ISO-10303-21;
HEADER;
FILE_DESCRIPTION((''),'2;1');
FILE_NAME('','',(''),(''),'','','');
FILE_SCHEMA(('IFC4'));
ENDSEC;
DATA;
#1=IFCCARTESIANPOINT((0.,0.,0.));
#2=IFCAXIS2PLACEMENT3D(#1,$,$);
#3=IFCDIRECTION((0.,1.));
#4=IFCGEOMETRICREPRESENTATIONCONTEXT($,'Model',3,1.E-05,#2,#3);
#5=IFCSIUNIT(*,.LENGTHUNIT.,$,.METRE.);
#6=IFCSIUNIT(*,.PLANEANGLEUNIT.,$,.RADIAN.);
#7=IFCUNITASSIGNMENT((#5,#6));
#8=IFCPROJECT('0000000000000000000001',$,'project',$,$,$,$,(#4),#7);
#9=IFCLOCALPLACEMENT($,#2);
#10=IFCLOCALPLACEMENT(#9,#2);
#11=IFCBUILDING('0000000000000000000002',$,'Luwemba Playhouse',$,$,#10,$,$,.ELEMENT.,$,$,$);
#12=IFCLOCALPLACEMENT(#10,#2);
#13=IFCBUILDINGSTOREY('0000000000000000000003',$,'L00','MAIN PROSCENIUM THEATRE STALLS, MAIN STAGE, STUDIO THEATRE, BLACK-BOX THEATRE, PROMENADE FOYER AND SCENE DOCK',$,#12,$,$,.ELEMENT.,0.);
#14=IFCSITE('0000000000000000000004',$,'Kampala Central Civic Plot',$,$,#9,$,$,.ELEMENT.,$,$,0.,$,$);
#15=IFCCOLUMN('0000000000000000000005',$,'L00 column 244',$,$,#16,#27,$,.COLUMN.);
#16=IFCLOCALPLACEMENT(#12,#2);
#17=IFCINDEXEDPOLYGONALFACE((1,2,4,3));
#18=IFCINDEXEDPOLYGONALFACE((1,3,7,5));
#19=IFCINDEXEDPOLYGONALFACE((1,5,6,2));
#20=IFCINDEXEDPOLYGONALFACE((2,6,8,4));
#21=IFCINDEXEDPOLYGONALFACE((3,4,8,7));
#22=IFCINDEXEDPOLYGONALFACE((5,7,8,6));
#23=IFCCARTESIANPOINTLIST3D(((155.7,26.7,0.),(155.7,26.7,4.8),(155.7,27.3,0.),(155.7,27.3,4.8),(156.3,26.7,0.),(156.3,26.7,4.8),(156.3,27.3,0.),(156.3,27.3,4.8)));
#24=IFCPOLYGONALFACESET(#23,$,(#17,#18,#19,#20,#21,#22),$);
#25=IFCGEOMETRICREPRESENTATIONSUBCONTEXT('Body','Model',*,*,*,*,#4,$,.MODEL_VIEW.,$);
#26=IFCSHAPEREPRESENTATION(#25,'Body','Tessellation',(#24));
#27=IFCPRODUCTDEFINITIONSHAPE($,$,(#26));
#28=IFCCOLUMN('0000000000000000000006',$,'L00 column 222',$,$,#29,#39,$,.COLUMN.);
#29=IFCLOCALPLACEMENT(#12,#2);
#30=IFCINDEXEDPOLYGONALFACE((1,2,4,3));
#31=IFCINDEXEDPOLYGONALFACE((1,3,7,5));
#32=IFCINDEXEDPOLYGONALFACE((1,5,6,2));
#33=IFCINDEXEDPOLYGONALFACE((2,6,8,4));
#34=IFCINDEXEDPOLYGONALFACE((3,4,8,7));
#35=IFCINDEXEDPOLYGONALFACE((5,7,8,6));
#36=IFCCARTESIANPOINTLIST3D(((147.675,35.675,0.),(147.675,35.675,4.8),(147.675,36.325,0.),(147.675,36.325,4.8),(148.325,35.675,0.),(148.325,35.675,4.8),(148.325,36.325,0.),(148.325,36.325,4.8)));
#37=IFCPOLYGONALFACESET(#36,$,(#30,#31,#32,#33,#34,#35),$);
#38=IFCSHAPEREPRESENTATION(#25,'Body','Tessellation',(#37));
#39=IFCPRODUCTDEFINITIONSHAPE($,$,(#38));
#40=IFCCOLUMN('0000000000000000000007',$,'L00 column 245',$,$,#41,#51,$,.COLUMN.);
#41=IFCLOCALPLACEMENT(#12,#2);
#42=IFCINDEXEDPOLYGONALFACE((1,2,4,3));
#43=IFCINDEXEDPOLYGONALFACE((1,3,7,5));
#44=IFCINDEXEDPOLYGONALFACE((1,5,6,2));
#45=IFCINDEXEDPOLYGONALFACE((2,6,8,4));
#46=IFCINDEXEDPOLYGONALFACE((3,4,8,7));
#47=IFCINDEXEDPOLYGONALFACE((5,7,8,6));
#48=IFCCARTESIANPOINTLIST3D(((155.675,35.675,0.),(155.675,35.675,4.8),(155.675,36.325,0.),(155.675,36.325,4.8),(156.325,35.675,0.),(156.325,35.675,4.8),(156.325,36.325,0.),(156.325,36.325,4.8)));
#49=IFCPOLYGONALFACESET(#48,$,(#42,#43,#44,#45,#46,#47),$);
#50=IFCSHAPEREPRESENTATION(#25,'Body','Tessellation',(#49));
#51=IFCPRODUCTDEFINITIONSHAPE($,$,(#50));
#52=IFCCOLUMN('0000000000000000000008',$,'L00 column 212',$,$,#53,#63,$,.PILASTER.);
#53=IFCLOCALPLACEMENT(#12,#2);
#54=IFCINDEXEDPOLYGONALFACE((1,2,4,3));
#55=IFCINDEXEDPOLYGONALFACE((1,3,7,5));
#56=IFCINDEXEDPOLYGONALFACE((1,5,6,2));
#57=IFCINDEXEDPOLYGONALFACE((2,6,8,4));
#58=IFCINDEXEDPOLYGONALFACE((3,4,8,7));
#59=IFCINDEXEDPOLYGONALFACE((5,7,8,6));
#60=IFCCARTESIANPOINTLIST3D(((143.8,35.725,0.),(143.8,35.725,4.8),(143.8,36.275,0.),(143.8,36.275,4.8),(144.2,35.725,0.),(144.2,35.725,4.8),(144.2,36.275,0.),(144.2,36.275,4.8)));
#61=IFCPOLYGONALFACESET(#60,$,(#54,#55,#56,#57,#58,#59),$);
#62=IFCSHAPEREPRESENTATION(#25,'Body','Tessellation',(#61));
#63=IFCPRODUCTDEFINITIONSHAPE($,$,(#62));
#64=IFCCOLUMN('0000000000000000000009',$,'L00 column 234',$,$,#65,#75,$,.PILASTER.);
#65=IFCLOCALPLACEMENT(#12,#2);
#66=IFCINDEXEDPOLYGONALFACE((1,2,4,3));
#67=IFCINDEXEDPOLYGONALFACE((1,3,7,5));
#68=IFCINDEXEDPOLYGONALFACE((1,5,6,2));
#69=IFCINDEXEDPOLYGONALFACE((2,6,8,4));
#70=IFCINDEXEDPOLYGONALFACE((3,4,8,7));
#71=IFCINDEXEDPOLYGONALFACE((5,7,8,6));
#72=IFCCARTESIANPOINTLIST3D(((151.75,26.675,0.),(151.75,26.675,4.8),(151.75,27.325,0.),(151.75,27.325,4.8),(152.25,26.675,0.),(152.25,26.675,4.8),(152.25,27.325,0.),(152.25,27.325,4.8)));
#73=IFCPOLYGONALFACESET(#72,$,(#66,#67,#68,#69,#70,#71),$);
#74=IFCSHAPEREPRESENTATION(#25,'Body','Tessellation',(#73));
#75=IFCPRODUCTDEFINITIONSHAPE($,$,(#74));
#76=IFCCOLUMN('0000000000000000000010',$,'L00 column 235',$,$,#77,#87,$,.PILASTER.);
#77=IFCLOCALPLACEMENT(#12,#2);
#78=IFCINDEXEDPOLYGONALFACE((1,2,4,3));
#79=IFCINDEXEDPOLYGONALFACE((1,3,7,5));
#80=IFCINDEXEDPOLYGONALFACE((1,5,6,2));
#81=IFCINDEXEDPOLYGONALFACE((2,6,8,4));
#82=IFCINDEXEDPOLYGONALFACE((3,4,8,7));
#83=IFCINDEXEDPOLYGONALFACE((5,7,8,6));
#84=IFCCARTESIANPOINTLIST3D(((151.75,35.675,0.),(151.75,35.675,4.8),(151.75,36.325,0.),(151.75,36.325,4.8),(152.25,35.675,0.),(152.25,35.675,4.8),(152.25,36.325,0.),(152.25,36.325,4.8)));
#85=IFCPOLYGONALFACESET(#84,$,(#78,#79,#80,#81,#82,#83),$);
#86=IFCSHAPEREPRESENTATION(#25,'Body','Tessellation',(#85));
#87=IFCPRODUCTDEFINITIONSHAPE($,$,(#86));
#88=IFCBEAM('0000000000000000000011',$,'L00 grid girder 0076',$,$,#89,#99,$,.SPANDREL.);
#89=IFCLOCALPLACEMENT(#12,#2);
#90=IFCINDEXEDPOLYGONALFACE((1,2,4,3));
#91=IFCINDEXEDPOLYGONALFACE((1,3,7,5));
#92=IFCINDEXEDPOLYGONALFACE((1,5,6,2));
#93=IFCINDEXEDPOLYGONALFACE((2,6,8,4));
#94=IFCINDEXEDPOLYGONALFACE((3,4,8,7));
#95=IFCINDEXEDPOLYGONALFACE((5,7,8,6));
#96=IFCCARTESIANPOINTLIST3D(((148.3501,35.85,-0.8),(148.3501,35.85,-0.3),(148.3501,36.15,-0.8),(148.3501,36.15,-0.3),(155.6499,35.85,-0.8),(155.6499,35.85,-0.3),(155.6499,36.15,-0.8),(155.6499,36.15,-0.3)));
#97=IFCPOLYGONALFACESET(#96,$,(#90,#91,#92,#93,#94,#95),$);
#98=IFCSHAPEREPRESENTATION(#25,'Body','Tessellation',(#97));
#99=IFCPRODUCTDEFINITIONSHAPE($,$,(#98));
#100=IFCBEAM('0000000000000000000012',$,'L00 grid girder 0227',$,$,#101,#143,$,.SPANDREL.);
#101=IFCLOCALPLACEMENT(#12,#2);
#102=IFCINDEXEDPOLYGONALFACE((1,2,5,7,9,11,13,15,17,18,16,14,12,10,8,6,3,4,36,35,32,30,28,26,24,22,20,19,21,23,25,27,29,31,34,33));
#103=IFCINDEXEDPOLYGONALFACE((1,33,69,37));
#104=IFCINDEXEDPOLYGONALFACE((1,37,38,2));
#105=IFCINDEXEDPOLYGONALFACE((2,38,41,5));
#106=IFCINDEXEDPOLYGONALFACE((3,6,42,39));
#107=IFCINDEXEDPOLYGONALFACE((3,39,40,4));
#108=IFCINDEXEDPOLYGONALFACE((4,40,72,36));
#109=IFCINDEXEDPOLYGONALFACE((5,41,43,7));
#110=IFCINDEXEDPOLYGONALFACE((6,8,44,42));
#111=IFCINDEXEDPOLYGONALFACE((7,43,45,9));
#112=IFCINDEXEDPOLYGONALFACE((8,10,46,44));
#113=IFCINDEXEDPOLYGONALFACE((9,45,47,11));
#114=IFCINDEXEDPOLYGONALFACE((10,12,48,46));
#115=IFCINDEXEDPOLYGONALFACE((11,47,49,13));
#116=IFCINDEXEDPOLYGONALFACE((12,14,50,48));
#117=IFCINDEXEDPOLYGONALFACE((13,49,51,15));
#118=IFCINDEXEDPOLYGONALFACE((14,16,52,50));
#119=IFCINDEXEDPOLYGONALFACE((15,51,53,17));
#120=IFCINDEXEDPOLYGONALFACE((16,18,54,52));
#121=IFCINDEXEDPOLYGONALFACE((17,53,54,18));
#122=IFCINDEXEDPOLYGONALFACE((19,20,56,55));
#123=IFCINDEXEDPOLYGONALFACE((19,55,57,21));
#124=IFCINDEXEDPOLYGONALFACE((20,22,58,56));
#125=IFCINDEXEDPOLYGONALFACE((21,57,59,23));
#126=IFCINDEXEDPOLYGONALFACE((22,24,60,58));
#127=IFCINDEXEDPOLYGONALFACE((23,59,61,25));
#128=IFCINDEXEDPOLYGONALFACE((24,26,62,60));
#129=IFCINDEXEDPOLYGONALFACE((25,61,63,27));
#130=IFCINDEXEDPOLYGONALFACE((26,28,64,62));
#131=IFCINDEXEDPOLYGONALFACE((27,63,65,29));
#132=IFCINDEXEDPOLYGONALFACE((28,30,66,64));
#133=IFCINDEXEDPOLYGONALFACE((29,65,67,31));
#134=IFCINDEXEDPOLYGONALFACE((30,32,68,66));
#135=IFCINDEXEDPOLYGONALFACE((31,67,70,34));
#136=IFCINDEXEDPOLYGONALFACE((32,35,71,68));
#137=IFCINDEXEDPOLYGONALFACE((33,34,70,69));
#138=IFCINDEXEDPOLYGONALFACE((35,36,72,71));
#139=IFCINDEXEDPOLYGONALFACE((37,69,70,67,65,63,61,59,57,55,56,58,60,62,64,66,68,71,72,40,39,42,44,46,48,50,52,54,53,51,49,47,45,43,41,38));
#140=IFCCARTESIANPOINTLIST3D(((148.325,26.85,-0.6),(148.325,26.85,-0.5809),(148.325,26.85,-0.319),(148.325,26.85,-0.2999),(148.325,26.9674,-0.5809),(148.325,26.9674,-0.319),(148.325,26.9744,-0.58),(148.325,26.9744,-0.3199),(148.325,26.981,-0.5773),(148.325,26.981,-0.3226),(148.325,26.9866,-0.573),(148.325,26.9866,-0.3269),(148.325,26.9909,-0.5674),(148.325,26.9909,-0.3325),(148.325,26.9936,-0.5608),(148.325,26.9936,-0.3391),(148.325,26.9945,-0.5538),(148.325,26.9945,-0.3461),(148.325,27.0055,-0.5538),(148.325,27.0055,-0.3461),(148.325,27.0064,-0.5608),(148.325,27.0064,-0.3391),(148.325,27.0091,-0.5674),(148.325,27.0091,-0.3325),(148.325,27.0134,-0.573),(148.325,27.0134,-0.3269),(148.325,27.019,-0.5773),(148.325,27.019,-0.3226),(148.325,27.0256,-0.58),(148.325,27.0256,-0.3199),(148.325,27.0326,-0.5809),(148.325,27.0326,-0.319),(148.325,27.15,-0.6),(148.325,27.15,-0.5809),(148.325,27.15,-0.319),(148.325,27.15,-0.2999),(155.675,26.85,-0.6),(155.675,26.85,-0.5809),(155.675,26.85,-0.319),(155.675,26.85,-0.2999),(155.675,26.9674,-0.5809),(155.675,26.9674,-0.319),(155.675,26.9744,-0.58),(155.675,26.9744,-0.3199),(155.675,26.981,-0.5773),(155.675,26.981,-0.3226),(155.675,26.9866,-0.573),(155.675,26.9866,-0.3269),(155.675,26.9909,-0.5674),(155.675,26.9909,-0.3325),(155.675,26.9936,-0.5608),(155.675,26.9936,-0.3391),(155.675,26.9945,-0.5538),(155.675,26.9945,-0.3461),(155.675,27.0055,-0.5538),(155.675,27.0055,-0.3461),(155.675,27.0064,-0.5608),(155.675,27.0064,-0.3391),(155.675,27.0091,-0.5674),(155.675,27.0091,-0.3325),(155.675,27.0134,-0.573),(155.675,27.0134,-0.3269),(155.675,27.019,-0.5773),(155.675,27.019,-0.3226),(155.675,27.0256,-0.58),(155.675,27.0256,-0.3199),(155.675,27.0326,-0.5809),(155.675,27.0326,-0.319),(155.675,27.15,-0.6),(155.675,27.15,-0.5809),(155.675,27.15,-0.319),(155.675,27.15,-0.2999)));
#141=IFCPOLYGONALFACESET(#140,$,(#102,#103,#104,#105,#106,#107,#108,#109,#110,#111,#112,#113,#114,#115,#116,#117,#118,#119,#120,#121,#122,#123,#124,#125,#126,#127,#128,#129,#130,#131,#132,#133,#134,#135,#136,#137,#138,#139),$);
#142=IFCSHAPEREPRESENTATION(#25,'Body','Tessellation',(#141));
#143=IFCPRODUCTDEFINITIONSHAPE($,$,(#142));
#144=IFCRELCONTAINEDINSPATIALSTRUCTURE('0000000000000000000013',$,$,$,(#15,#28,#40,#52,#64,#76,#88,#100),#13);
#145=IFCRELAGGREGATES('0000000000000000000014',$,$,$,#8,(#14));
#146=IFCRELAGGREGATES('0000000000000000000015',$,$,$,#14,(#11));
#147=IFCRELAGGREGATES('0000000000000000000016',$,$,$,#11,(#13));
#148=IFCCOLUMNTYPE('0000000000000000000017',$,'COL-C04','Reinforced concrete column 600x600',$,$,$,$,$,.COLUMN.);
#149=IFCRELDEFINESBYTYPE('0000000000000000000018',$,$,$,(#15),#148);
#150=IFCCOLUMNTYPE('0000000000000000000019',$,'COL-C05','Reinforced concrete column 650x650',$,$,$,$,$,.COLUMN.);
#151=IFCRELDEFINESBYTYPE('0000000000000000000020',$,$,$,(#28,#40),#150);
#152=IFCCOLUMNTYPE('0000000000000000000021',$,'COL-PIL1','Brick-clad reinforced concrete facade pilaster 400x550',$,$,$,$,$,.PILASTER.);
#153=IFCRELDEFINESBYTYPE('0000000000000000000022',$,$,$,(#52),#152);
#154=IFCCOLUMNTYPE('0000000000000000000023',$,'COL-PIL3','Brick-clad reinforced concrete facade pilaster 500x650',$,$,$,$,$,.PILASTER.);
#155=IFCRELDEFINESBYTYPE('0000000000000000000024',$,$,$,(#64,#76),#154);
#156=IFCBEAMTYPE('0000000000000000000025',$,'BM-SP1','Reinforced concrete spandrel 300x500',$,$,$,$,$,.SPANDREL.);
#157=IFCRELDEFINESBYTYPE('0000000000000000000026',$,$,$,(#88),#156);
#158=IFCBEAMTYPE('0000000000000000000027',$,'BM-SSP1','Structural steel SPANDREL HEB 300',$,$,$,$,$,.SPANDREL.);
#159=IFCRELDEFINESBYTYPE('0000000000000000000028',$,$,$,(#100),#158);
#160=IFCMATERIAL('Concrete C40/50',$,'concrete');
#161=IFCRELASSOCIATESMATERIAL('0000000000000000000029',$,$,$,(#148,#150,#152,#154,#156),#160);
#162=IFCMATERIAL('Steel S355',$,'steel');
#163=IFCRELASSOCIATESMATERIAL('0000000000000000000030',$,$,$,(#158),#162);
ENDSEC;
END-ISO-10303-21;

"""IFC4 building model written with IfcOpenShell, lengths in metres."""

from ifc_helpers import new_model, si_unit, direction, frame, origin, origin_2d, place, context, subcontext, project, spatial, rectangle, i_section, extrude, material, material_profile, profile_set, type_object, element, save


model = new_model("IFC4")

# Units and contexts
model_context = context("Model", 3, precision=1e-05, world=origin(), true_north=direction((0.0, 1.0)))
body_context = subcontext(model_context, "Body", "Model", "MODEL_VIEW")
ifc_project = project(units=[si_unit("LENGTHUNIT", "METRE"), si_unit("PLANEANGLEUNIT", "RADIAN")], contexts=[model_context])

# Site, building, storey
site_placement = place(None, origin())
site = spatial("IfcSite", under=ifc_project, at=site_placement, Name="Kampala Central Civic Plot", CompositionType="ELEMENT", RefElevation=0.0)
building_placement = place(site_placement, origin())
building = spatial("IfcBuilding", under=site, at=building_placement, Name="Luwemba Playhouse", CompositionType="ELEMENT")
storey_placement = place(building_placement, origin())
storey = spatial("IfcBuildingStorey", under=building, at=storey_placement, Name="L00", Description="MAIN PROSCENIUM THEATRE STALLS, MAIN STAGE, STUDIO THEATRE, BLACK-BOX THEATRE, PROMENADE FOYER AND SCENE DOCK", CompositionType="ELEMENT", Elevation=0.0)

# Columns
ifc_material_1 = material(Name="Concrete C40/50", Category="concrete")
ifc_material_profile_1 = material_profile(ifc_material_1, rectangle(XDim=0.6001, YDim=0.6001, at=origin_2d()))
ifc_profile_set_1 = profile_set([ifc_material_profile_1], Name="Concrete C40/50")
column_type_1 = type_object("IfcColumnType", Name="COL-C04", Description="Reinforced concrete column 600x600", PredefinedType="COLUMN", material=ifc_profile_set_1)
column_1_placement = place(storey_placement, frame((156.0, 27.0, 0.0), z_axis=(0.0, 0.0, 1.0), x_axis=(1.0, 0.0, 0.0)))
element("IfcColumn", 1, at=column_1_placement, inside=storey, type_object=column_type_1, Name="L00 column 244", PredefinedType="COLUMN", context=body_context, shape_type="SweptSolid", body=[
    extrude(rectangle(XDim=0.6001, YDim=0.6001, at=origin_2d()), origin(), (0.0, 0.0, 1.0), 4.8),
])
ifc_material_profile_2 = material_profile(ifc_material_1, rectangle(XDim=0.6499, YDim=0.6499, at=origin_2d()))
ifc_profile_set_2 = profile_set([ifc_material_profile_2], Name="Concrete C40/50")
column_type_2 = type_object("IfcColumnType", Name="COL-C05", Description="Reinforced concrete column 650x650", PredefinedType="COLUMN", material=ifc_profile_set_2)
for number, where, z_axis, x_axis, name in (
    (2, (148.0, 36.0, 0.0), (0.0, 0.0, 1.0), (1.0, 0.0, 0.0), "L00 column 222"),
    (3, (156.0, 36.0, 0.0), (0.0, 0.0, 1.0), (1.0, 0.0, 0.0), "L00 column 245"),
):
    element("IfcColumn", number, at=place(storey_placement, frame(where, z_axis=z_axis, x_axis=x_axis)), inside=storey, type_object=column_type_2, Name=name, PredefinedType="COLUMN", context=body_context, shape_type="SweptSolid", body=[
        extrude(rectangle(XDim=0.6499, YDim=0.6499, at=origin_2d()), origin(), (0.0, 0.0, 1.0), 4.8),
    ])
ifc_material_profile_3 = material_profile(ifc_material_1, rectangle(XDim=0.3999, YDim=0.55, at=origin_2d()))
ifc_profile_set_3 = profile_set([ifc_material_profile_3], Name="Concrete C40/50")
column_type_3 = type_object("IfcColumnType", Name="COL-PIL1", Description="Brick-clad reinforced concrete facade pilaster 400x550", PredefinedType="PILASTER", material=ifc_profile_set_3)
column_2_placement = place(storey_placement, frame((144.0, 36.0, 0.0), z_axis=(0.0, 0.0, 1.0), x_axis=(1.0, 0.0, 0.0)))
element("IfcColumn", 4, at=column_2_placement, inside=storey, type_object=column_type_3, Name="L00 column 212", PredefinedType="PILASTER", context=body_context, shape_type="SweptSolid", body=[
    extrude(rectangle(XDim=0.3999, YDim=0.55, at=origin_2d()), origin(), (0.0, 0.0, 1.0), 4.8),
])
ifc_material_profile_4 = material_profile(ifc_material_1, rectangle(XDim=0.5, YDim=0.6499, at=origin_2d()))
ifc_profile_set_4 = profile_set([ifc_material_profile_4], Name="Concrete C40/50")
column_type_4 = type_object("IfcColumnType", Name="COL-PIL3", Description="Brick-clad reinforced concrete facade pilaster 500x650", PredefinedType="PILASTER", material=ifc_profile_set_4)
for number, where, z_axis, x_axis, name in (
    (5, (152.0, 27.0, 0.0), (0.0, 0.0, 1.0), (1.0, 0.0, 0.0), "L00 column 234"),
    (6, (152.0, 36.0, 0.0), (0.0, 0.0, 1.0), (1.0, 0.0, 0.0), "L00 column 235"),
):
    element("IfcColumn", number, at=place(storey_placement, frame(where, z_axis=z_axis, x_axis=x_axis)), inside=storey, type_object=column_type_4, Name=name, PredefinedType="PILASTER", context=body_context, shape_type="SweptSolid", body=[
        extrude(rectangle(XDim=0.5, YDim=0.6499, at=origin_2d()), origin(), (0.0, 0.0, 1.0), 4.8),
    ])

# Beams
ifc_material_profile_5 = material_profile(ifc_material_1, rectangle(XDim=0.3, YDim=0.5, at=origin_2d()))
ifc_profile_set_5 = profile_set([ifc_material_profile_5], Name="Concrete C40/50")
beam_type_1 = type_object("IfcBeamType", Name="BM-SP1", Description="Reinforced concrete spandrel 300x500", PredefinedType="SPANDREL", material=ifc_profile_set_5)
beam_1_placement = place(storey_placement, frame((148.3501, 36.0, -0.55), z_axis=(1.0, 0.0, 0.0), x_axis=(0.0, 1.0, 0.0)))
element("IfcBeam", 7, at=beam_1_placement, inside=storey, type_object=beam_type_1, Name="L00 grid girder 0076", PredefinedType="SPANDREL", context=body_context, shape_type="SweptSolid", body=[
    extrude(rectangle(XDim=0.3, YDim=0.5, at=origin_2d()), origin(), (0.0, 0.0, 1.0), 7.2998),
])
ifc_material_2 = material(Name="Steel S355", Category="steel")
ifc_material_profile_6 = material_profile(ifc_material_2, i_section(OverallWidth=0.3, OverallDepth=0.3, WebThickness=0.011, FlangeThickness=0.019, FilletRadius=0.0271, at=origin_2d()))
ifc_profile_set_6 = profile_set([ifc_material_profile_6], Name="Steel S355")
beam_type_2 = type_object("IfcBeamType", Name="BM-SSP1", Description="Structural steel SPANDREL HEB 300", PredefinedType="SPANDREL", material=ifc_profile_set_6)
beam_2_placement = place(storey_placement, frame((148.325, 27.0, -0.45), z_axis=(1.0, 0.0, 0.0), x_axis=(0.0, 1.0, 0.0)))
element("IfcBeam", 8, at=beam_2_placement, inside=storey, type_object=beam_type_2, Name="L00 grid girder 0227", PredefinedType="SPANDREL", context=body_context, shape_type="SweptSolid", body=[
    extrude(i_section(OverallWidth=0.3, OverallDepth=0.3, WebThickness=0.011, FlangeThickness=0.019, FilletRadius=0.0271, at=origin_2d()), origin(), (0.0, 0.0, 1.0), 7.3501),
])

save(model, "model.ifc")
